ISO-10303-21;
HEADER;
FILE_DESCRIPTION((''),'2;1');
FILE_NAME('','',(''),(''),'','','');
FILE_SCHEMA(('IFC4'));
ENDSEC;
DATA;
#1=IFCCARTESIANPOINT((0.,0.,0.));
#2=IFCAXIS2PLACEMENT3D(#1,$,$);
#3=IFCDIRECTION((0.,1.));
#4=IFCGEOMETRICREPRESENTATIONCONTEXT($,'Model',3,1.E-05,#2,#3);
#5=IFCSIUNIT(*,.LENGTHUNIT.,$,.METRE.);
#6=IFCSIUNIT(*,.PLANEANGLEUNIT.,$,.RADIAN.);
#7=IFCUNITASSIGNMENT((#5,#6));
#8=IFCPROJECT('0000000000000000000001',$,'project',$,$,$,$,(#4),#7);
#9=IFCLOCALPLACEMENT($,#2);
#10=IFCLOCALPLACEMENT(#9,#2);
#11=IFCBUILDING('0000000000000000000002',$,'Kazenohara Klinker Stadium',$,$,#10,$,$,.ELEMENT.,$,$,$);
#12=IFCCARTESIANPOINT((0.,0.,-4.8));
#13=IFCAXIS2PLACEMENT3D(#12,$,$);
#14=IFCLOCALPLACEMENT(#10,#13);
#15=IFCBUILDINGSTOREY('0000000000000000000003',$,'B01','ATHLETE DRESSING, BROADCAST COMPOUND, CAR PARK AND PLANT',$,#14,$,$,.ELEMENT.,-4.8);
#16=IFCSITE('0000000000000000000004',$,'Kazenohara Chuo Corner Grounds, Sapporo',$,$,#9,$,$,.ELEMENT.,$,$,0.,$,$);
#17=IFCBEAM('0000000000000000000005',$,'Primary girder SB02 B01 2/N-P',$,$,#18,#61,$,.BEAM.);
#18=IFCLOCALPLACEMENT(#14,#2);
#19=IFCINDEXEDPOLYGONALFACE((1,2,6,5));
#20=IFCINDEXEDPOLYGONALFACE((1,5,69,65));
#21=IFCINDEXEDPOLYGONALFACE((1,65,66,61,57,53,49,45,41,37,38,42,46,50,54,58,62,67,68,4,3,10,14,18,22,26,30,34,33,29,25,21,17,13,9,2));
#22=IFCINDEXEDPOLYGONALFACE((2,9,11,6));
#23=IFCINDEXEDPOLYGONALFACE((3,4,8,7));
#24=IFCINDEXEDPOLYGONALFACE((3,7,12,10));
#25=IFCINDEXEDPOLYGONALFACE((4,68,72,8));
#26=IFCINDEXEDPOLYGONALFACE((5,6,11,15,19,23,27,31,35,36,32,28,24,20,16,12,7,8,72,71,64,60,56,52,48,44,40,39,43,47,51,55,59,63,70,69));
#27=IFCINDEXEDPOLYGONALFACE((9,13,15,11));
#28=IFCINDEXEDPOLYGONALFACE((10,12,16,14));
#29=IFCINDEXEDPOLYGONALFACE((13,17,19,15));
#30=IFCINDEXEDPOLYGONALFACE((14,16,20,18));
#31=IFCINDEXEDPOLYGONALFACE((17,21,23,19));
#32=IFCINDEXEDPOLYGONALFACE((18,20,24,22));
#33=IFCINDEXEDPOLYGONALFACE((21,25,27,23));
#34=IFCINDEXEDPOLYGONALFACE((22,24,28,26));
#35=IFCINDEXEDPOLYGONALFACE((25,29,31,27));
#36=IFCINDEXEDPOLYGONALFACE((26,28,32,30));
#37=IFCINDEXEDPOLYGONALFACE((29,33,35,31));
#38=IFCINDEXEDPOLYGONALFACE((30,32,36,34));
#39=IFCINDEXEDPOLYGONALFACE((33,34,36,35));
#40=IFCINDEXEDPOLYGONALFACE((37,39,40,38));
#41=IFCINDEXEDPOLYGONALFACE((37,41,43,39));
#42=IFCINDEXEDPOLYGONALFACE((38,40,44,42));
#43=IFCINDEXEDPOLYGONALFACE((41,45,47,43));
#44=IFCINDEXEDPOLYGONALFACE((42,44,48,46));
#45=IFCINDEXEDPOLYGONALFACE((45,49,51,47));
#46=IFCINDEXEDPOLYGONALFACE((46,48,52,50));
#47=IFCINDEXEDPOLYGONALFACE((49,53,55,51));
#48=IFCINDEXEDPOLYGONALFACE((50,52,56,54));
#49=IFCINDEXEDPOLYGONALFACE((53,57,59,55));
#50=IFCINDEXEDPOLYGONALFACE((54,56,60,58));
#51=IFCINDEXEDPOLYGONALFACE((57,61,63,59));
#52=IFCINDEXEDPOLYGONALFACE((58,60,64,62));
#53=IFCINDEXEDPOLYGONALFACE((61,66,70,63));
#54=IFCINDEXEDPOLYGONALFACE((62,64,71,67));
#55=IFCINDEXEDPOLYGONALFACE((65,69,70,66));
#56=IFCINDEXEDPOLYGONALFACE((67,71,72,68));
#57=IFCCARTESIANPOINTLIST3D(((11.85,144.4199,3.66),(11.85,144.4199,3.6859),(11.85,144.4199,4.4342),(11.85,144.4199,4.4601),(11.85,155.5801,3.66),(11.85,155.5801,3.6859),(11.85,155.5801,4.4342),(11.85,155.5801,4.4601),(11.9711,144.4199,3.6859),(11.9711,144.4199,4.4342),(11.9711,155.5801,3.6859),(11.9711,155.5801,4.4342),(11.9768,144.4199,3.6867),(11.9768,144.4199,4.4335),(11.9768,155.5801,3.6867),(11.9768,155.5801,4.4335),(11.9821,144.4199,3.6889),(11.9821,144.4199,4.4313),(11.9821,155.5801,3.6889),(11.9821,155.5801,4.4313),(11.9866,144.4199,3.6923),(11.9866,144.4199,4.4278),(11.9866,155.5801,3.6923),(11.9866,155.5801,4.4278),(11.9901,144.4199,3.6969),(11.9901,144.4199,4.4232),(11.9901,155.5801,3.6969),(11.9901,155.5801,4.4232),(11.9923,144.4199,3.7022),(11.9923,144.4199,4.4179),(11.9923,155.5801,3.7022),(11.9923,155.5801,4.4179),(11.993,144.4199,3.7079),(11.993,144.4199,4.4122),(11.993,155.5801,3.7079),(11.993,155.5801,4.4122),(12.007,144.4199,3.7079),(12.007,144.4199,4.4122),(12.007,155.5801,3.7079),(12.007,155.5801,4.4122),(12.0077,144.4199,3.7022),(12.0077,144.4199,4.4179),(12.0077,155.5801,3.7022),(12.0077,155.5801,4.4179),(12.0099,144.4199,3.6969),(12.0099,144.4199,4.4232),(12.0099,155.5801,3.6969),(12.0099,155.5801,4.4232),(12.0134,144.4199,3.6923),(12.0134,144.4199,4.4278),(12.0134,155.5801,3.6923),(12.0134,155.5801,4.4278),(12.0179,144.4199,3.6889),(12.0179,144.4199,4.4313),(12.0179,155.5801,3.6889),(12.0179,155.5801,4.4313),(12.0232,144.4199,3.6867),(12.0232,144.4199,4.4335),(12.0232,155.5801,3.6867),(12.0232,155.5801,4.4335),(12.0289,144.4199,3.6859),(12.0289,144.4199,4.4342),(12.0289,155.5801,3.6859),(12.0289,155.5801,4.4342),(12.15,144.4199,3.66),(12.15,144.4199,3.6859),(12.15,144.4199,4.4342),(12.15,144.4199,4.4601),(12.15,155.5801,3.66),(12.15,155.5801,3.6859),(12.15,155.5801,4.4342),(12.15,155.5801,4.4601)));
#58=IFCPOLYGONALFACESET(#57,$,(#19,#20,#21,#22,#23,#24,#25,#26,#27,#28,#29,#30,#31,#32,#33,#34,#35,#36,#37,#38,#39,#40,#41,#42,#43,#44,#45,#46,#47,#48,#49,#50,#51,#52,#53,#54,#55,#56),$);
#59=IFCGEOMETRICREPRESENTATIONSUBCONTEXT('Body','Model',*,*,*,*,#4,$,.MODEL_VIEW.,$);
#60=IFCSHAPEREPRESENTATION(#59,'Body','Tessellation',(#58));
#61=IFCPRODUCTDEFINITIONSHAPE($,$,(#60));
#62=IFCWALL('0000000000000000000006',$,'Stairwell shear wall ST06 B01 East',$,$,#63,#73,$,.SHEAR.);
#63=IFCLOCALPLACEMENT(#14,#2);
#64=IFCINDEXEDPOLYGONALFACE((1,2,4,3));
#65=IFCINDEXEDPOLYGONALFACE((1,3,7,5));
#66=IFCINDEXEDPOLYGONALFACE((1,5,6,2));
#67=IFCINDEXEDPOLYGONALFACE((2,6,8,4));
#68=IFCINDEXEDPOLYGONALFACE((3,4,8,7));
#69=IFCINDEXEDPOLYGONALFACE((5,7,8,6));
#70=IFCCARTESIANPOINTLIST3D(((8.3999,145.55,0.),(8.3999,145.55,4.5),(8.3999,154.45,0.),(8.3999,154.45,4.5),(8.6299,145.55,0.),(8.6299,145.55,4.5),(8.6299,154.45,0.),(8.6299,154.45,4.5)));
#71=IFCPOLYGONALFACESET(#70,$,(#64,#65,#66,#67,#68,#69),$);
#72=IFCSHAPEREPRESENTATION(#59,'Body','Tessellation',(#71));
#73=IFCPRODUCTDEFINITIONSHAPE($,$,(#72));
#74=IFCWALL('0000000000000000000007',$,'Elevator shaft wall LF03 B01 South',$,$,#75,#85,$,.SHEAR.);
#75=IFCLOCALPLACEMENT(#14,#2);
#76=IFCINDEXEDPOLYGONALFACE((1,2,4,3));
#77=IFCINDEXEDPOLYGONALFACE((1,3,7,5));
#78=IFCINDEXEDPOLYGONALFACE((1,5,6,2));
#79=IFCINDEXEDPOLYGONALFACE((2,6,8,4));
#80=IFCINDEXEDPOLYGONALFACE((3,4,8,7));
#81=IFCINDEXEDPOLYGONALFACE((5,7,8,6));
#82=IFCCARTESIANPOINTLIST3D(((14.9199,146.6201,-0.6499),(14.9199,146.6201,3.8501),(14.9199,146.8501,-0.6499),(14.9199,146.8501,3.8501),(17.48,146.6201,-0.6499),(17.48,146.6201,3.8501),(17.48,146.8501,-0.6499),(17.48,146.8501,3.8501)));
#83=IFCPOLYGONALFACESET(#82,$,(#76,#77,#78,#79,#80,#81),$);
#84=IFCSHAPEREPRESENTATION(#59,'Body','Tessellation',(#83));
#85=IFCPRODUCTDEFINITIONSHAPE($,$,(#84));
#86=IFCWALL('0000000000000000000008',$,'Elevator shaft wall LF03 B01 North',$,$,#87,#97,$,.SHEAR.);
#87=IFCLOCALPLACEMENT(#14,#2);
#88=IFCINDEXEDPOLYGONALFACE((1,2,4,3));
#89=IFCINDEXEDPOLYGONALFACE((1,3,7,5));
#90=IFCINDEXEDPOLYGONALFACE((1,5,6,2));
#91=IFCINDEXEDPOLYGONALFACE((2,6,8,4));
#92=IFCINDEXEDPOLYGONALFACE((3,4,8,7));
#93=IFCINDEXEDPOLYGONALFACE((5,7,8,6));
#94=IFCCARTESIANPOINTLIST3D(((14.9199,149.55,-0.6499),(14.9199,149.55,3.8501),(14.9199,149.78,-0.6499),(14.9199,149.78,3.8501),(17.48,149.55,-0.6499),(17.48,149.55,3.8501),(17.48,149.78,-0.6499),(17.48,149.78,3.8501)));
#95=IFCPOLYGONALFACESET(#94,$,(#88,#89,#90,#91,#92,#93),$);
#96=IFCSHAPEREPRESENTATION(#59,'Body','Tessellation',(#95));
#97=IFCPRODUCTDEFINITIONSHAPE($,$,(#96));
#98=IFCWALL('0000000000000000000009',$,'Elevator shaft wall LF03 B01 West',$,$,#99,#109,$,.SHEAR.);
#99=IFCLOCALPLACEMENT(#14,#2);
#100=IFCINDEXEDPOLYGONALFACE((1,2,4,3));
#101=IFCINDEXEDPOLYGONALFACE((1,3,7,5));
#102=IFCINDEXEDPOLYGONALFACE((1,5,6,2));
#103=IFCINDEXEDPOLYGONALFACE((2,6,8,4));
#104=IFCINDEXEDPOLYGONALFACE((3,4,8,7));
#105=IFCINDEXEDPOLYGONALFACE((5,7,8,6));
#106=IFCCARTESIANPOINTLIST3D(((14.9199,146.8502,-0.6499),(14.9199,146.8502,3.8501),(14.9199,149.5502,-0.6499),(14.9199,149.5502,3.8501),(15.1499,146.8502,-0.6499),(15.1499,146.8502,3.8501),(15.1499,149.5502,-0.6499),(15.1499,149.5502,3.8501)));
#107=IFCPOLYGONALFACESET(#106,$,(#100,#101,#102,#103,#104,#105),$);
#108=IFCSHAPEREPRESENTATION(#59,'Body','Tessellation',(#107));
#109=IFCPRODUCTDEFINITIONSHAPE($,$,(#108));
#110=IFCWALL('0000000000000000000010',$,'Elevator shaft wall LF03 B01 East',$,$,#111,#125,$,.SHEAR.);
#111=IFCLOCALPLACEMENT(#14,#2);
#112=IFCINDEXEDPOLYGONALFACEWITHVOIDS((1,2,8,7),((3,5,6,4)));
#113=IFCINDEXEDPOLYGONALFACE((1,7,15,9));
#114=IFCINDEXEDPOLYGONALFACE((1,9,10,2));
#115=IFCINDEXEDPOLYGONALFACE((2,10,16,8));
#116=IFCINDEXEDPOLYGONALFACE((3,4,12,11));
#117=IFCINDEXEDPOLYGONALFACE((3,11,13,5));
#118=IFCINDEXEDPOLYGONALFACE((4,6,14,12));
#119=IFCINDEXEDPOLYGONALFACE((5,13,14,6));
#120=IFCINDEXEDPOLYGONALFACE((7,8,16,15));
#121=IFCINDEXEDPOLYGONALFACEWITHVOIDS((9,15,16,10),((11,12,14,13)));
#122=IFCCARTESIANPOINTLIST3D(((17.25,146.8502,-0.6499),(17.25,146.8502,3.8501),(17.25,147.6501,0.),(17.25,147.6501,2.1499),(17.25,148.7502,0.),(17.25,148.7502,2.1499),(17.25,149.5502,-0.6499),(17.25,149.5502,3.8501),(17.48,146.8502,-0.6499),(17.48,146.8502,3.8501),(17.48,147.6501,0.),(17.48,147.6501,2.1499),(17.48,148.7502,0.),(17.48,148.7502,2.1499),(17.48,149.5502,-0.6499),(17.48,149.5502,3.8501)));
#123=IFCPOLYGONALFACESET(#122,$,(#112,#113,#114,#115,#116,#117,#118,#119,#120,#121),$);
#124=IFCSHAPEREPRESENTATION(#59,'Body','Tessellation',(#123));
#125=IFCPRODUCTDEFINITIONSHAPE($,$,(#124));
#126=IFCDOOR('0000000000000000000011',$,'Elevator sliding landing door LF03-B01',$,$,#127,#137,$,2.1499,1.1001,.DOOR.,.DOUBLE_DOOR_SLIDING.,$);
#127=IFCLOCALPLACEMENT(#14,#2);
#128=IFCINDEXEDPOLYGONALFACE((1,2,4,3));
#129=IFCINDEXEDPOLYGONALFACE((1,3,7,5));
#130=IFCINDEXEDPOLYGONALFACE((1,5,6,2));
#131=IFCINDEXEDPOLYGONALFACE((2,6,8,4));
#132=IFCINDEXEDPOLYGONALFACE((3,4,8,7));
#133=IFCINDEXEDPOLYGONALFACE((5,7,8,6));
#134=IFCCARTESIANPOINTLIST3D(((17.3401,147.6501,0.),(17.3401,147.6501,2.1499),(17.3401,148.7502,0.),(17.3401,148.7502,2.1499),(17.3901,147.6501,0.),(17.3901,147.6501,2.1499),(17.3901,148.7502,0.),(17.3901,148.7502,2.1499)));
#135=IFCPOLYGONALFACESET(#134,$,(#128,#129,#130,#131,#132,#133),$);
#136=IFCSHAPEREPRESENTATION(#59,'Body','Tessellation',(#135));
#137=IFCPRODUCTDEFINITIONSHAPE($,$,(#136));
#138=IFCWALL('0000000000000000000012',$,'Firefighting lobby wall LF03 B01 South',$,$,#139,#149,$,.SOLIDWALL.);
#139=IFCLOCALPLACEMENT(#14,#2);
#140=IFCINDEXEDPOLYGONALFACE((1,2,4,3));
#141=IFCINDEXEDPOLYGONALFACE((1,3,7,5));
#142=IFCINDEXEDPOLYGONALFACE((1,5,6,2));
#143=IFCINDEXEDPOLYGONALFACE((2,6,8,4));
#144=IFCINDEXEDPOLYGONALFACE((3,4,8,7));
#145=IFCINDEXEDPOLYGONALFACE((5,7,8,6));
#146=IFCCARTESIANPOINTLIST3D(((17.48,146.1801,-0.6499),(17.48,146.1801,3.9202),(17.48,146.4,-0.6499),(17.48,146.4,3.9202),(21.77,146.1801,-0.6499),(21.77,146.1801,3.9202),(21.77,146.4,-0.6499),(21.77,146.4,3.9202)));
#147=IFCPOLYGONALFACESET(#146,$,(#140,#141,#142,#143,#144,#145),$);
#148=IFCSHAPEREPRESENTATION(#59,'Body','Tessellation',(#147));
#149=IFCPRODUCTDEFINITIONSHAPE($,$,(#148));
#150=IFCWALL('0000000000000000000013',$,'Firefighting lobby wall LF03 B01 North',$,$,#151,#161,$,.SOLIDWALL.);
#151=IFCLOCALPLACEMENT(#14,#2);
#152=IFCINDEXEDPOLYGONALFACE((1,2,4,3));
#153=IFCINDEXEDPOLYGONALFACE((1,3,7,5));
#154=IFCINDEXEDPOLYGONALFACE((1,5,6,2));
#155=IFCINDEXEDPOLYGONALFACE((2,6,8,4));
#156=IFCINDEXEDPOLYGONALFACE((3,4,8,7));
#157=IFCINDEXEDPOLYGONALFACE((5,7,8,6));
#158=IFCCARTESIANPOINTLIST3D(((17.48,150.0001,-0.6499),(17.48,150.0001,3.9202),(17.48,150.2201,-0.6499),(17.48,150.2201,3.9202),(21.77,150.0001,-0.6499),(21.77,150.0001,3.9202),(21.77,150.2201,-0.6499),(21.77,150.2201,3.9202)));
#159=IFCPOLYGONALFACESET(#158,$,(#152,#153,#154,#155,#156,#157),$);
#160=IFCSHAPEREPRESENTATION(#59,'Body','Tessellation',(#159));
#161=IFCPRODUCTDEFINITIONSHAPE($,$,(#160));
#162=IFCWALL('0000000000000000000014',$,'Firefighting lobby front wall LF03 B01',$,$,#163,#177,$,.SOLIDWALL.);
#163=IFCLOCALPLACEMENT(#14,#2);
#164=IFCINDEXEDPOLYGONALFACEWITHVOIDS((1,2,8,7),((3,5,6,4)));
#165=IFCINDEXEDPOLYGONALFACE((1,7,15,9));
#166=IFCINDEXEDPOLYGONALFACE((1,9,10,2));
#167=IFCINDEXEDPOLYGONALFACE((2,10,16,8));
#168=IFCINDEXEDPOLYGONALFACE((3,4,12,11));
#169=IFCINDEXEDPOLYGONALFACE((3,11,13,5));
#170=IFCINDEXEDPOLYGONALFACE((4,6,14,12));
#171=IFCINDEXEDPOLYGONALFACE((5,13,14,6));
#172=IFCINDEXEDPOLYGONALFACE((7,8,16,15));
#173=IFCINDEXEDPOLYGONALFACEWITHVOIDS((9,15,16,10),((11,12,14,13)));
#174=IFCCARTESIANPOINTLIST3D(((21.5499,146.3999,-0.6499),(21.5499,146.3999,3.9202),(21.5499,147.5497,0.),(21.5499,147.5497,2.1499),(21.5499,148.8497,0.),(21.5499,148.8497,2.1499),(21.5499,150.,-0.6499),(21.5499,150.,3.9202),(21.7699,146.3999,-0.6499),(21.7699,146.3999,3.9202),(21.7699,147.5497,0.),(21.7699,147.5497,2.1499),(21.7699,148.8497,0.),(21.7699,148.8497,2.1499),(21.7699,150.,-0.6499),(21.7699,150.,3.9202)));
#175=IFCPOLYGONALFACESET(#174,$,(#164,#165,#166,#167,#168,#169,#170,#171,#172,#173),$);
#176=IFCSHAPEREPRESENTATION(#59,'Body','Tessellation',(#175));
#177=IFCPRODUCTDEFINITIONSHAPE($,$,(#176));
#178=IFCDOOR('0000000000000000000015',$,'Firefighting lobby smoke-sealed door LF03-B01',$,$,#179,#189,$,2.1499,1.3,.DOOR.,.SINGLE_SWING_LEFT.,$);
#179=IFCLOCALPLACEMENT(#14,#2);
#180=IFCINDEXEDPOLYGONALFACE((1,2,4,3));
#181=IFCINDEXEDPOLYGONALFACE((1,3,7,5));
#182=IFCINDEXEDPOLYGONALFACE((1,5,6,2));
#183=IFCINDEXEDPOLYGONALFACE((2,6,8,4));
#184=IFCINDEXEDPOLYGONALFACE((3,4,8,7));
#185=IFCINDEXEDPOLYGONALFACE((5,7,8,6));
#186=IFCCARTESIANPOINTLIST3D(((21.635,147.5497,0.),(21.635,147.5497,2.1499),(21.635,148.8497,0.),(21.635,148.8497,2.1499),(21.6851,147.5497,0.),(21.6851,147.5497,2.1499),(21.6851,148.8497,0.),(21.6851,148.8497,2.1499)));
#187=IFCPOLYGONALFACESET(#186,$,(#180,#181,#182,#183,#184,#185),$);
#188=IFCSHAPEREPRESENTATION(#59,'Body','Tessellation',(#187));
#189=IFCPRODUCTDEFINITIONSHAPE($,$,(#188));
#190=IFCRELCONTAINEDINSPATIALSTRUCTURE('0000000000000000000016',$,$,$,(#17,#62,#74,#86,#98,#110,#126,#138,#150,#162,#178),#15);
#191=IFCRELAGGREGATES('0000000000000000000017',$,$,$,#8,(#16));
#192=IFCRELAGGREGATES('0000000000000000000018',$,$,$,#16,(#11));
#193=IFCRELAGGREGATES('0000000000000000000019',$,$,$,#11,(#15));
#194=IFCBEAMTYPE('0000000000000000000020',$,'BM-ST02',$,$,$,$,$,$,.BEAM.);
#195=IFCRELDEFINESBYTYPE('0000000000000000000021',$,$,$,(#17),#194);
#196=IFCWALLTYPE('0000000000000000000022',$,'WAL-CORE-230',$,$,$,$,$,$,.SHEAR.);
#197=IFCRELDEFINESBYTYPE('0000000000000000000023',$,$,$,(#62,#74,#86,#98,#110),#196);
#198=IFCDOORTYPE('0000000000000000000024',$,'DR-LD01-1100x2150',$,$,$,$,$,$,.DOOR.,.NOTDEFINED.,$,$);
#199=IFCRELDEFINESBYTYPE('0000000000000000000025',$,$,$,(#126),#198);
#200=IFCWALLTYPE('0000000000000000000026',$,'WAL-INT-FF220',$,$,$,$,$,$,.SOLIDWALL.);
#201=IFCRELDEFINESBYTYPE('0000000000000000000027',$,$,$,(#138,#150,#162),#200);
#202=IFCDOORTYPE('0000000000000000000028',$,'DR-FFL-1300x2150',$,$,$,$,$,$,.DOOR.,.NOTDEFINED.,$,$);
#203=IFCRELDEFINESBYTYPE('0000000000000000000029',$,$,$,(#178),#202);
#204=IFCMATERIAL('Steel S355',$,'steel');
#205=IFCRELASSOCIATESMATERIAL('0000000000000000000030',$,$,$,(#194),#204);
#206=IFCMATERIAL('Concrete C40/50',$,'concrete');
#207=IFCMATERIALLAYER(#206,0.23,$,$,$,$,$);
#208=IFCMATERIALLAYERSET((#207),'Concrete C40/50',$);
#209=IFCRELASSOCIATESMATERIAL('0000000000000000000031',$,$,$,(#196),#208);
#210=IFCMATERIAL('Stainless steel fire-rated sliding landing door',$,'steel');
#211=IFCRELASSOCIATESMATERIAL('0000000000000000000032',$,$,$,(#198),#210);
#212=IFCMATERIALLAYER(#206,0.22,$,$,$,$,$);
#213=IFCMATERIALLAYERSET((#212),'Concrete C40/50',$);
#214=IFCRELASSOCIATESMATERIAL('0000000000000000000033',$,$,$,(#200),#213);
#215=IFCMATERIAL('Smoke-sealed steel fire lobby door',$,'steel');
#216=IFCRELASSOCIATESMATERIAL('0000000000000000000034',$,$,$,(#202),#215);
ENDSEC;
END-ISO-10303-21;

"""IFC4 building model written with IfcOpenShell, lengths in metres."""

from ifc_helpers import new_model, si_unit, direction, frame, frame_2d, origin, origin_2d, place, context, subcontext, project, spatial, rectangle, i_section, extrude, material, layer, layer_set, material_profile, profile_set, type_object, element, fill, save


model = new_model("IFC4")

# Units and contexts
model_context = context("Model", 3, precision=1e-05, world=origin(), true_north=direction((0.0, 1.0)))
body_context = subcontext(model_context, "Body", "Model", "MODEL_VIEW")
ifc_project = project(units=[si_unit("LENGTHUNIT", "METRE"), si_unit("PLANEANGLEUNIT", "RADIAN")], contexts=[model_context])

# Site, building, storey
site_placement = place(None, origin())
site = spatial("IfcSite", under=ifc_project, at=site_placement, Name="Kazenohara Chuo Corner Grounds, Sapporo", CompositionType="ELEMENT", RefElevation=0.0)
building_placement = place(site_placement, origin())
building = spatial("IfcBuilding", under=site, at=building_placement, Name="Kazenohara Klinker Stadium", CompositionType="ELEMENT")
storey_placement = place(building_placement, frame((0.0, 0.0, -4.8)))
storey = spatial("IfcBuildingStorey", under=building, at=storey_placement, Name="B01", Description="ATHLETE DRESSING, BROADCAST COMPOUND, CAR PARK AND PLANT", CompositionType="ELEMENT", Elevation=-4.8)

# Shared definitions
ifc_material_1 = material(Name="Concrete C40/50", Category="concrete")

# Beam
ifc_material_2 = material(Name="Steel S355", Category="steel")
ifc_material_profile_1 = material_profile(ifc_material_2, i_section(OverallWidth=0.3, OverallDepth=0.8, WebThickness=0.0139, FlangeThickness=0.0259, FilletRadius=0.022, at=origin_2d()), Name="H-800x300x14x26")
ifc_profile_set_1 = profile_set([ifc_material_profile_1], Name="Steel S355")
beam_type_1 = type_object("IfcBeamType", Name="BM-ST02", PredefinedType="BEAM", material=ifc_profile_set_1)
beam_1_placement = place(storey_placement, frame((12.0, 144.4199, 4.0601), z_axis=(0.0, 1.0, 0.0), x_axis=(-1.0, 0.0, 0.0)))
element("IfcBeam", 1, at=beam_1_placement, inside=storey, type_object=beam_type_1, Name="Primary girder SB02 B01 2/N-P", PredefinedType="BEAM", context=body_context, shape_type="SweptSolid", body=[
    extrude(i_section(OverallWidth=0.3, OverallDepth=0.8, WebThickness=0.0139, FlangeThickness=0.0259, FilletRadius=0.022, at=origin_2d()), origin(), (0.0, 0.0, 1.0), 11.1602),
])

# Walls
ifc_layer_1 = layer(ifc_material_1, 0.23)
ifc_layer_set_1 = layer_set([ifc_layer_1], Name="Concrete C40/50")
wall_type_1 = type_object("IfcWallType", Name="WAL-CORE-230", PredefinedType="SHEAR", material=ifc_layer_set_1)
wall_1_placement = place(storey_placement, frame((8.5149, 145.55, 0.0), z_axis=(0.0, 0.0, 1.0), x_axis=(0.0, 1.0, 0.0)))
element("IfcWall", 2, at=wall_1_placement, inside=storey, type_object=wall_type_1, Name="Stairwell shear wall ST06 B01 East", PredefinedType="SHEAR", context=body_context, shape_type="SweptSolid", body=[
    extrude(rectangle(XDim=8.8999, YDim=0.23, at=frame_2d((4.45, 0.0))), origin(), (0.0, 0.0, 1.0), 4.5),
])
for number, where, z_axis, x_axis, name in (
    (3, (14.9199, 146.7351, -0.6499), (0.0, 0.0, 1.0), (1.0, 0.0, 0.0), "Elevator shaft wall LF03 B01 South"),
    (4, (14.9199, 149.665, -0.6499), (0.0, 0.0, 1.0), (1.0, 0.0, 0.0), "Elevator shaft wall LF03 B01 North"),
):
    element("IfcWall", number, at=place(storey_placement, frame(where, z_axis=z_axis, x_axis=x_axis)), inside=storey, type_object=wall_type_1, Name=name, PredefinedType="SHEAR", context=body_context, shape_type="SweptSolid", body=[
        extrude(rectangle(XDim=2.5601, YDim=0.23, at=frame_2d((1.28, 0.0))), origin(), (0.0, 0.0, 1.0), 4.5),
    ])
wall_2_placement = place(storey_placement, frame((15.0349, 146.8501, -0.6499), z_axis=(0.0, 0.0, 1.0), x_axis=(0.0, 1.0, 0.0)))
element("IfcWall", 5, at=wall_2_placement, inside=storey, type_object=wall_type_1, Name="Elevator shaft wall LF03 B01 West", PredefinedType="SHEAR", context=body_context, shape_type="SweptSolid", body=[
    extrude(rectangle(XDim=2.7, YDim=0.23, at=frame_2d((1.3501, 0.0))), origin(), (0.0, 0.0, 1.0), 4.5),
])

# Wall, opening, door
wall_3_placement = place(storey_placement, frame((17.365, 146.8501, -0.6499), z_axis=(0.0, 0.0, 1.0), x_axis=(0.0, 1.0, 0.0)))
wall_3 = element("IfcWall", 6, at=wall_3_placement, inside=storey, type_object=wall_type_1, Name="Elevator shaft wall LF03 B01 East", PredefinedType="SHEAR", context=body_context, shape_type="SweptSolid", body=[
    extrude(rectangle(XDim=2.7, YDim=0.23, at=frame_2d((1.3501, 0.0))), origin(), (0.0, 0.0, 1.0), 4.5),
])
opening_1_placement = place(wall_3_placement, frame((0.8, 0.0, 0.6499)))
opening_1 = element("IfcOpeningElement", 7, at=opening_1_placement, cuts=wall_3, PredefinedType="OPENING", context=body_context, shape_type="SweptSolid", body=[
    extrude(rectangle(XDim=1.1001, YDim=2.1499, at=frame_2d((0.55, 1.075))), frame((0.0, 0.125, 0.0), z_axis=(0.0, -1.0, 0.0), x_axis=(1.0, 0.0, 0.0)), (0.0, 0.0, 1.0), 0.25),
])
ifc_material_3 = material(Name="Stainless steel fire-rated sliding landing door", Category="steel")
door_type_1 = type_object("IfcDoorType", Name="DR-LD01-1100x2150", OperationType="NOTDEFINED", PredefinedType="DOOR", material=ifc_material_3)
door_1_placement = place(opening_1_placement, origin())
door_1 = element("IfcDoor", 8, at=door_1_placement, inside=storey, type_object=door_type_1, Name="Elevator sliding landing door LF03-B01", OperationType="DOUBLE_DOOR_SLIDING", OverallHeight=2.1499, OverallWidth=1.1001, PredefinedType="DOOR", context=body_context, shape_type="SweptSolid", body=[
    extrude(rectangle(XDim=1.1001, YDim=2.1499, at=frame_2d((0.55, 1.075))), frame((0.0, 0.0249, 0.0), z_axis=(0.0, -1.0, 0.0), x_axis=(1.0, 0.0, 0.0)), (0.0, 0.0, 1.0), 0.05),
])
fill(opening_1, door_1)

# Walls
ifc_layer_2 = layer(ifc_material_1, 0.22)
ifc_layer_set_2 = layer_set([ifc_layer_2], Name="Concrete C40/50")
wall_type_2 = type_object("IfcWallType", Name="WAL-INT-FF220", PredefinedType="SOLIDWALL", material=ifc_layer_set_2)
for number, where, z_axis, x_axis, name in (
    (9, (17.48, 146.29, -0.6499), (0.0, 0.0, 1.0), (1.0, 0.0, 0.0), "Firefighting lobby wall LF03 B01 South"),
    (10, (17.48, 150.1101, -0.6499), (0.0, 0.0, 1.0), (1.0, 0.0, 0.0), "Firefighting lobby wall LF03 B01 North"),
):
    element("IfcWall", number, at=place(storey_placement, frame(where, z_axis=z_axis, x_axis=x_axis)), inside=storey, type_object=wall_type_2, Name=name, PredefinedType="SOLIDWALL", context=body_context, shape_type="SweptSolid", body=[
        extrude(rectangle(XDim=4.29, YDim=0.22, at=frame_2d((2.145, 0.0))), origin(), (0.0, 0.0, 1.0), 4.5701),
    ])

# Wall, opening, door
wall_4_placement = place(storey_placement, frame((21.6599, 146.3999, -0.6499), z_axis=(0.0, 0.0, 1.0), x_axis=(0.0, 1.0, 0.0)))
wall_4 = element("IfcWall", 11, at=wall_4_placement, inside=storey, type_object=wall_type_2, Name="Firefighting lobby front wall LF03 B01", PredefinedType="SOLIDWALL", context=body_context, shape_type="SweptSolid", body=[
    extrude(rectangle(XDim=3.6001, YDim=0.22, at=frame_2d((1.8, 0.0))), origin(), (0.0, 0.0, 1.0), 4.5701),
])
opening_2_placement = place(wall_4_placement, frame((1.1499, 0.0, 0.6499)))
opening_2 = element("IfcOpeningElement", 12, at=opening_2_placement, cuts=wall_4, PredefinedType="OPENING", context=body_context, shape_type="SweptSolid", body=[
    extrude(rectangle(XDim=1.3, YDim=2.1499, at=frame_2d((0.6499, 1.075))), frame((0.0, 0.1201, 0.0), z_axis=(0.0, -1.0, 0.0), x_axis=(1.0, 0.0, 0.0)), (0.0, 0.0, 1.0), 0.24),
])
ifc_material_4 = material(Name="Smoke-sealed steel fire lobby door", Category="steel")
door_type_2 = type_object("IfcDoorType", Name="DR-FFL-1300x2150", OperationType="NOTDEFINED", PredefinedType="DOOR", material=ifc_material_4)
door_2_placement = place(opening_2_placement, origin())
door_2 = element("IfcDoor", 13, at=door_2_placement, inside=storey, type_object=door_type_2, Name="Firefighting lobby smoke-sealed door LF03-B01", OperationType="SINGLE_SWING_LEFT", OverallHeight=2.1499, OverallWidth=1.3, PredefinedType="DOOR", context=body_context, shape_type="SweptSolid", body=[
    extrude(rectangle(XDim=1.3, YDim=2.1499, at=frame_2d((0.6499, 1.075))), frame((0.0, 0.0249, 0.0), z_axis=(0.0, -1.0, 0.0), x_axis=(1.0, 0.0, 0.0)), (0.0, 0.0, 1.0), 0.05),
])
fill(opening_2, door_2)

save(model, "model.ifc")
